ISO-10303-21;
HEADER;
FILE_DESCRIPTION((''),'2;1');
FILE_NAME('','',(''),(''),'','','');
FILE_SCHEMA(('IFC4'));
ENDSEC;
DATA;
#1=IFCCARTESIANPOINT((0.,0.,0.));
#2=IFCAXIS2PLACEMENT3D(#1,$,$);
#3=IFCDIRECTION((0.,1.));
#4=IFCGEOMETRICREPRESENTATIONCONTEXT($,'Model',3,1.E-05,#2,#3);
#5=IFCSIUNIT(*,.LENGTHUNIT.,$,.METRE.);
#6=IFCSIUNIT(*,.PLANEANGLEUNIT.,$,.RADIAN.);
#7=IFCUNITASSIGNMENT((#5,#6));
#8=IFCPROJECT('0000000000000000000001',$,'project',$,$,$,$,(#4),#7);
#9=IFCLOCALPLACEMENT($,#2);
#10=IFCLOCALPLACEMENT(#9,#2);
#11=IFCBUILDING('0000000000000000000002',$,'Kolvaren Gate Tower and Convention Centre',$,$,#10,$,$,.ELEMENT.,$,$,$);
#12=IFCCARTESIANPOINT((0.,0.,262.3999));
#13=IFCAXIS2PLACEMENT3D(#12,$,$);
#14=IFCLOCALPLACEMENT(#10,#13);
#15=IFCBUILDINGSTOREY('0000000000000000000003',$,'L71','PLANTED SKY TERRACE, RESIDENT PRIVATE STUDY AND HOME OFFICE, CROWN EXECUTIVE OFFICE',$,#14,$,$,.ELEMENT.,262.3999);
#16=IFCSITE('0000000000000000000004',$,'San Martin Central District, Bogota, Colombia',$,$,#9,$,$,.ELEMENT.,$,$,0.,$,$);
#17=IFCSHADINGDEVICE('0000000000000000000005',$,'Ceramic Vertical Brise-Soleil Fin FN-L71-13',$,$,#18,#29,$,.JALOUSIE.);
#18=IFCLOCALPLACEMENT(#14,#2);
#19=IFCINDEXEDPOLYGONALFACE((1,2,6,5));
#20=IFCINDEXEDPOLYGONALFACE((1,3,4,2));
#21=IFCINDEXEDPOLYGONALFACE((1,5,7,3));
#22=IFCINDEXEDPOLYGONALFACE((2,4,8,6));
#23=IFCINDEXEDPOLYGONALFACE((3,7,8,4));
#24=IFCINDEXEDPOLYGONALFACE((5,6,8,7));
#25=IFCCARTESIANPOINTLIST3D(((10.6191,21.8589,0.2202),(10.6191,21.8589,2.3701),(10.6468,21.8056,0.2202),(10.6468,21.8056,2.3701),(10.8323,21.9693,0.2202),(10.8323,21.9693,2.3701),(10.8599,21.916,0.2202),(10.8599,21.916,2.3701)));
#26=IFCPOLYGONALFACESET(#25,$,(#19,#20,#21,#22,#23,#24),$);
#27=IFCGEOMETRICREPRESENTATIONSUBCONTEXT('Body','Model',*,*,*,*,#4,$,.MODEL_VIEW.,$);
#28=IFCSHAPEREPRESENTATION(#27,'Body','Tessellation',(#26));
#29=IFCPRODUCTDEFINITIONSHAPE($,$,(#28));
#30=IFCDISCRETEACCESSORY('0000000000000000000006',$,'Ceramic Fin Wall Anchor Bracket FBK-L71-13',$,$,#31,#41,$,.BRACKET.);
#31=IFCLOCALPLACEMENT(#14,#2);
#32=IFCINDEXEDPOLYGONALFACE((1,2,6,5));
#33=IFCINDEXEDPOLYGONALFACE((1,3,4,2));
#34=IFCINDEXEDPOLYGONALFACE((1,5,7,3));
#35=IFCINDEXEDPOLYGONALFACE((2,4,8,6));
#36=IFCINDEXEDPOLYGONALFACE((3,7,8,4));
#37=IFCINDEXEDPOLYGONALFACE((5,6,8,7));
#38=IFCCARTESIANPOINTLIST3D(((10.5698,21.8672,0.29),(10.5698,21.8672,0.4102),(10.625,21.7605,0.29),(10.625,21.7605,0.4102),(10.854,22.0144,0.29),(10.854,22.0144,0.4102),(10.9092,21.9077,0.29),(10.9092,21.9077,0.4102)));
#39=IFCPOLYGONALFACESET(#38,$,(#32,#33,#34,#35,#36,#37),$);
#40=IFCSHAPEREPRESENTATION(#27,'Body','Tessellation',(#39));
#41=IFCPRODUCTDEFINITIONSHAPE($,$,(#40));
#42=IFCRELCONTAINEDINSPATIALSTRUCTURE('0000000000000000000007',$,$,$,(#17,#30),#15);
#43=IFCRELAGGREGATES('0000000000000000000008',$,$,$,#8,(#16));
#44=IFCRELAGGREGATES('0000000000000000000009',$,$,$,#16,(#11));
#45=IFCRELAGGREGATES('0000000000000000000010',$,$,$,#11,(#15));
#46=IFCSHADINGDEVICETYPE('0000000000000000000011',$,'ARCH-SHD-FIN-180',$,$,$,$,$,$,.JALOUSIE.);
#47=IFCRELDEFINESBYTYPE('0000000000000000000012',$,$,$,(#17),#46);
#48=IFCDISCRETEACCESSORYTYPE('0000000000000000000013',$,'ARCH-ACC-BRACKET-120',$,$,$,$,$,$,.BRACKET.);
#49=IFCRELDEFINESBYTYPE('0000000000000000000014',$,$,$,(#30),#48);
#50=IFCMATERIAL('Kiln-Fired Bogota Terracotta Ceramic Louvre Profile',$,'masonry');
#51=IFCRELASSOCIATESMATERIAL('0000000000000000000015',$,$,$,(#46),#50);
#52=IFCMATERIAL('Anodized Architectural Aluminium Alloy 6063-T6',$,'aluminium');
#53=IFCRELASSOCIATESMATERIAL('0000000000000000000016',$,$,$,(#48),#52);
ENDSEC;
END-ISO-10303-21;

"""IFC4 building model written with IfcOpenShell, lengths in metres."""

from ifc_helpers import new_model, si_unit, direction, frame, origin, origin_2d, place, context, subcontext, project, spatial, rectangle, extrude, material, type_object, element, save


model = new_model("IFC4")

# Units and contexts
model_context = context("Model", 3, precision=1e-05, world=origin(), true_north=direction((0.0, 1.0)))
body_context = subcontext(model_context, "Body", "Model", "MODEL_VIEW")
ifc_project = project(units=[si_unit("LENGTHUNIT", "METRE"), si_unit("PLANEANGLEUNIT", "RADIAN")], contexts=[model_context])

# Site, building, storey
site_placement = place(None, origin())
site = spatial("IfcSite", under=ifc_project, at=site_placement, Name="San Martin Central District, Bogota, Colombia", CompositionType="ELEMENT", RefElevation=0.0)
building_placement = place(site_placement, origin())
building = spatial("IfcBuilding", under=site, at=building_placement, Name="Kolvaren Gate Tower and Convention Centre", CompositionType="ELEMENT")
storey_placement = place(building_placement, frame((0.0, 0.0, 262.3999)))
storey = spatial("IfcBuildingStorey", under=building, at=storey_placement, Name="L71", Description="PLANTED SKY TERRACE, RESIDENT PRIVATE STUDY AND HOME OFFICE, CROWN EXECUTIVE OFFICE", CompositionType="ELEMENT", Elevation=262.3999)

# Shading device
ifc_material_1 = material(Name="Kiln-Fired Bogota Terracotta Ceramic Louvre Profile", Category="masonry")
shading_device_type = type_object("IfcShadingDeviceType", Name="ARCH-SHD-FIN-180", PredefinedType="JALOUSIE", material=ifc_material_1)
shading_device_placement = place(storey_placement, frame((10.7395, 21.8875, 0.2202), z_axis=(0.0, 0.0, 1.0), x_axis=(0.459794, -0.888026, 0.0)))
element("IfcShadingDevice", 1, at=shading_device_placement, inside=storey, type_object=shading_device_type, Name="Ceramic Vertical Brise-Soleil Fin FN-L71-13", PredefinedType="JALOUSIE", context=body_context, shape_type="SweptSolid", body=[
    extrude(rectangle(XDim=0.0601, YDim=0.24, at=origin_2d()), origin(), (0.0, 0.0, 1.0), 2.1499),
])

# Discrete accessory
ifc_material_2 = material(Name="Anodized Architectural Aluminium Alloy 6063-T6", Category="aluminium")
discrete_accessory_type = type_object("IfcDiscreteAccessoryType", Name="ARCH-ACC-BRACKET-120", PredefinedType="BRACKET", material=ifc_material_2)
discrete_accessory_placement = place(storey_placement, frame((10.7395, 21.8875, 0.29), z_axis=(0.0, 0.0, 1.0), x_axis=(0.459794, -0.888026, 0.0)))
element("IfcDiscreteAccessory", 2, at=discrete_accessory_placement, inside=storey, type_object=discrete_accessory_type, Name="Ceramic Fin Wall Anchor Bracket FBK-L71-13", PredefinedType="BRACKET", context=body_context, shape_type="SweptSolid", body=[
    extrude(rectangle(XDim=0.1201, YDim=0.3201, at=origin_2d()), origin(), (0.0, 0.0, 1.0), 0.1201),
])

save(model, "model.ifc")
